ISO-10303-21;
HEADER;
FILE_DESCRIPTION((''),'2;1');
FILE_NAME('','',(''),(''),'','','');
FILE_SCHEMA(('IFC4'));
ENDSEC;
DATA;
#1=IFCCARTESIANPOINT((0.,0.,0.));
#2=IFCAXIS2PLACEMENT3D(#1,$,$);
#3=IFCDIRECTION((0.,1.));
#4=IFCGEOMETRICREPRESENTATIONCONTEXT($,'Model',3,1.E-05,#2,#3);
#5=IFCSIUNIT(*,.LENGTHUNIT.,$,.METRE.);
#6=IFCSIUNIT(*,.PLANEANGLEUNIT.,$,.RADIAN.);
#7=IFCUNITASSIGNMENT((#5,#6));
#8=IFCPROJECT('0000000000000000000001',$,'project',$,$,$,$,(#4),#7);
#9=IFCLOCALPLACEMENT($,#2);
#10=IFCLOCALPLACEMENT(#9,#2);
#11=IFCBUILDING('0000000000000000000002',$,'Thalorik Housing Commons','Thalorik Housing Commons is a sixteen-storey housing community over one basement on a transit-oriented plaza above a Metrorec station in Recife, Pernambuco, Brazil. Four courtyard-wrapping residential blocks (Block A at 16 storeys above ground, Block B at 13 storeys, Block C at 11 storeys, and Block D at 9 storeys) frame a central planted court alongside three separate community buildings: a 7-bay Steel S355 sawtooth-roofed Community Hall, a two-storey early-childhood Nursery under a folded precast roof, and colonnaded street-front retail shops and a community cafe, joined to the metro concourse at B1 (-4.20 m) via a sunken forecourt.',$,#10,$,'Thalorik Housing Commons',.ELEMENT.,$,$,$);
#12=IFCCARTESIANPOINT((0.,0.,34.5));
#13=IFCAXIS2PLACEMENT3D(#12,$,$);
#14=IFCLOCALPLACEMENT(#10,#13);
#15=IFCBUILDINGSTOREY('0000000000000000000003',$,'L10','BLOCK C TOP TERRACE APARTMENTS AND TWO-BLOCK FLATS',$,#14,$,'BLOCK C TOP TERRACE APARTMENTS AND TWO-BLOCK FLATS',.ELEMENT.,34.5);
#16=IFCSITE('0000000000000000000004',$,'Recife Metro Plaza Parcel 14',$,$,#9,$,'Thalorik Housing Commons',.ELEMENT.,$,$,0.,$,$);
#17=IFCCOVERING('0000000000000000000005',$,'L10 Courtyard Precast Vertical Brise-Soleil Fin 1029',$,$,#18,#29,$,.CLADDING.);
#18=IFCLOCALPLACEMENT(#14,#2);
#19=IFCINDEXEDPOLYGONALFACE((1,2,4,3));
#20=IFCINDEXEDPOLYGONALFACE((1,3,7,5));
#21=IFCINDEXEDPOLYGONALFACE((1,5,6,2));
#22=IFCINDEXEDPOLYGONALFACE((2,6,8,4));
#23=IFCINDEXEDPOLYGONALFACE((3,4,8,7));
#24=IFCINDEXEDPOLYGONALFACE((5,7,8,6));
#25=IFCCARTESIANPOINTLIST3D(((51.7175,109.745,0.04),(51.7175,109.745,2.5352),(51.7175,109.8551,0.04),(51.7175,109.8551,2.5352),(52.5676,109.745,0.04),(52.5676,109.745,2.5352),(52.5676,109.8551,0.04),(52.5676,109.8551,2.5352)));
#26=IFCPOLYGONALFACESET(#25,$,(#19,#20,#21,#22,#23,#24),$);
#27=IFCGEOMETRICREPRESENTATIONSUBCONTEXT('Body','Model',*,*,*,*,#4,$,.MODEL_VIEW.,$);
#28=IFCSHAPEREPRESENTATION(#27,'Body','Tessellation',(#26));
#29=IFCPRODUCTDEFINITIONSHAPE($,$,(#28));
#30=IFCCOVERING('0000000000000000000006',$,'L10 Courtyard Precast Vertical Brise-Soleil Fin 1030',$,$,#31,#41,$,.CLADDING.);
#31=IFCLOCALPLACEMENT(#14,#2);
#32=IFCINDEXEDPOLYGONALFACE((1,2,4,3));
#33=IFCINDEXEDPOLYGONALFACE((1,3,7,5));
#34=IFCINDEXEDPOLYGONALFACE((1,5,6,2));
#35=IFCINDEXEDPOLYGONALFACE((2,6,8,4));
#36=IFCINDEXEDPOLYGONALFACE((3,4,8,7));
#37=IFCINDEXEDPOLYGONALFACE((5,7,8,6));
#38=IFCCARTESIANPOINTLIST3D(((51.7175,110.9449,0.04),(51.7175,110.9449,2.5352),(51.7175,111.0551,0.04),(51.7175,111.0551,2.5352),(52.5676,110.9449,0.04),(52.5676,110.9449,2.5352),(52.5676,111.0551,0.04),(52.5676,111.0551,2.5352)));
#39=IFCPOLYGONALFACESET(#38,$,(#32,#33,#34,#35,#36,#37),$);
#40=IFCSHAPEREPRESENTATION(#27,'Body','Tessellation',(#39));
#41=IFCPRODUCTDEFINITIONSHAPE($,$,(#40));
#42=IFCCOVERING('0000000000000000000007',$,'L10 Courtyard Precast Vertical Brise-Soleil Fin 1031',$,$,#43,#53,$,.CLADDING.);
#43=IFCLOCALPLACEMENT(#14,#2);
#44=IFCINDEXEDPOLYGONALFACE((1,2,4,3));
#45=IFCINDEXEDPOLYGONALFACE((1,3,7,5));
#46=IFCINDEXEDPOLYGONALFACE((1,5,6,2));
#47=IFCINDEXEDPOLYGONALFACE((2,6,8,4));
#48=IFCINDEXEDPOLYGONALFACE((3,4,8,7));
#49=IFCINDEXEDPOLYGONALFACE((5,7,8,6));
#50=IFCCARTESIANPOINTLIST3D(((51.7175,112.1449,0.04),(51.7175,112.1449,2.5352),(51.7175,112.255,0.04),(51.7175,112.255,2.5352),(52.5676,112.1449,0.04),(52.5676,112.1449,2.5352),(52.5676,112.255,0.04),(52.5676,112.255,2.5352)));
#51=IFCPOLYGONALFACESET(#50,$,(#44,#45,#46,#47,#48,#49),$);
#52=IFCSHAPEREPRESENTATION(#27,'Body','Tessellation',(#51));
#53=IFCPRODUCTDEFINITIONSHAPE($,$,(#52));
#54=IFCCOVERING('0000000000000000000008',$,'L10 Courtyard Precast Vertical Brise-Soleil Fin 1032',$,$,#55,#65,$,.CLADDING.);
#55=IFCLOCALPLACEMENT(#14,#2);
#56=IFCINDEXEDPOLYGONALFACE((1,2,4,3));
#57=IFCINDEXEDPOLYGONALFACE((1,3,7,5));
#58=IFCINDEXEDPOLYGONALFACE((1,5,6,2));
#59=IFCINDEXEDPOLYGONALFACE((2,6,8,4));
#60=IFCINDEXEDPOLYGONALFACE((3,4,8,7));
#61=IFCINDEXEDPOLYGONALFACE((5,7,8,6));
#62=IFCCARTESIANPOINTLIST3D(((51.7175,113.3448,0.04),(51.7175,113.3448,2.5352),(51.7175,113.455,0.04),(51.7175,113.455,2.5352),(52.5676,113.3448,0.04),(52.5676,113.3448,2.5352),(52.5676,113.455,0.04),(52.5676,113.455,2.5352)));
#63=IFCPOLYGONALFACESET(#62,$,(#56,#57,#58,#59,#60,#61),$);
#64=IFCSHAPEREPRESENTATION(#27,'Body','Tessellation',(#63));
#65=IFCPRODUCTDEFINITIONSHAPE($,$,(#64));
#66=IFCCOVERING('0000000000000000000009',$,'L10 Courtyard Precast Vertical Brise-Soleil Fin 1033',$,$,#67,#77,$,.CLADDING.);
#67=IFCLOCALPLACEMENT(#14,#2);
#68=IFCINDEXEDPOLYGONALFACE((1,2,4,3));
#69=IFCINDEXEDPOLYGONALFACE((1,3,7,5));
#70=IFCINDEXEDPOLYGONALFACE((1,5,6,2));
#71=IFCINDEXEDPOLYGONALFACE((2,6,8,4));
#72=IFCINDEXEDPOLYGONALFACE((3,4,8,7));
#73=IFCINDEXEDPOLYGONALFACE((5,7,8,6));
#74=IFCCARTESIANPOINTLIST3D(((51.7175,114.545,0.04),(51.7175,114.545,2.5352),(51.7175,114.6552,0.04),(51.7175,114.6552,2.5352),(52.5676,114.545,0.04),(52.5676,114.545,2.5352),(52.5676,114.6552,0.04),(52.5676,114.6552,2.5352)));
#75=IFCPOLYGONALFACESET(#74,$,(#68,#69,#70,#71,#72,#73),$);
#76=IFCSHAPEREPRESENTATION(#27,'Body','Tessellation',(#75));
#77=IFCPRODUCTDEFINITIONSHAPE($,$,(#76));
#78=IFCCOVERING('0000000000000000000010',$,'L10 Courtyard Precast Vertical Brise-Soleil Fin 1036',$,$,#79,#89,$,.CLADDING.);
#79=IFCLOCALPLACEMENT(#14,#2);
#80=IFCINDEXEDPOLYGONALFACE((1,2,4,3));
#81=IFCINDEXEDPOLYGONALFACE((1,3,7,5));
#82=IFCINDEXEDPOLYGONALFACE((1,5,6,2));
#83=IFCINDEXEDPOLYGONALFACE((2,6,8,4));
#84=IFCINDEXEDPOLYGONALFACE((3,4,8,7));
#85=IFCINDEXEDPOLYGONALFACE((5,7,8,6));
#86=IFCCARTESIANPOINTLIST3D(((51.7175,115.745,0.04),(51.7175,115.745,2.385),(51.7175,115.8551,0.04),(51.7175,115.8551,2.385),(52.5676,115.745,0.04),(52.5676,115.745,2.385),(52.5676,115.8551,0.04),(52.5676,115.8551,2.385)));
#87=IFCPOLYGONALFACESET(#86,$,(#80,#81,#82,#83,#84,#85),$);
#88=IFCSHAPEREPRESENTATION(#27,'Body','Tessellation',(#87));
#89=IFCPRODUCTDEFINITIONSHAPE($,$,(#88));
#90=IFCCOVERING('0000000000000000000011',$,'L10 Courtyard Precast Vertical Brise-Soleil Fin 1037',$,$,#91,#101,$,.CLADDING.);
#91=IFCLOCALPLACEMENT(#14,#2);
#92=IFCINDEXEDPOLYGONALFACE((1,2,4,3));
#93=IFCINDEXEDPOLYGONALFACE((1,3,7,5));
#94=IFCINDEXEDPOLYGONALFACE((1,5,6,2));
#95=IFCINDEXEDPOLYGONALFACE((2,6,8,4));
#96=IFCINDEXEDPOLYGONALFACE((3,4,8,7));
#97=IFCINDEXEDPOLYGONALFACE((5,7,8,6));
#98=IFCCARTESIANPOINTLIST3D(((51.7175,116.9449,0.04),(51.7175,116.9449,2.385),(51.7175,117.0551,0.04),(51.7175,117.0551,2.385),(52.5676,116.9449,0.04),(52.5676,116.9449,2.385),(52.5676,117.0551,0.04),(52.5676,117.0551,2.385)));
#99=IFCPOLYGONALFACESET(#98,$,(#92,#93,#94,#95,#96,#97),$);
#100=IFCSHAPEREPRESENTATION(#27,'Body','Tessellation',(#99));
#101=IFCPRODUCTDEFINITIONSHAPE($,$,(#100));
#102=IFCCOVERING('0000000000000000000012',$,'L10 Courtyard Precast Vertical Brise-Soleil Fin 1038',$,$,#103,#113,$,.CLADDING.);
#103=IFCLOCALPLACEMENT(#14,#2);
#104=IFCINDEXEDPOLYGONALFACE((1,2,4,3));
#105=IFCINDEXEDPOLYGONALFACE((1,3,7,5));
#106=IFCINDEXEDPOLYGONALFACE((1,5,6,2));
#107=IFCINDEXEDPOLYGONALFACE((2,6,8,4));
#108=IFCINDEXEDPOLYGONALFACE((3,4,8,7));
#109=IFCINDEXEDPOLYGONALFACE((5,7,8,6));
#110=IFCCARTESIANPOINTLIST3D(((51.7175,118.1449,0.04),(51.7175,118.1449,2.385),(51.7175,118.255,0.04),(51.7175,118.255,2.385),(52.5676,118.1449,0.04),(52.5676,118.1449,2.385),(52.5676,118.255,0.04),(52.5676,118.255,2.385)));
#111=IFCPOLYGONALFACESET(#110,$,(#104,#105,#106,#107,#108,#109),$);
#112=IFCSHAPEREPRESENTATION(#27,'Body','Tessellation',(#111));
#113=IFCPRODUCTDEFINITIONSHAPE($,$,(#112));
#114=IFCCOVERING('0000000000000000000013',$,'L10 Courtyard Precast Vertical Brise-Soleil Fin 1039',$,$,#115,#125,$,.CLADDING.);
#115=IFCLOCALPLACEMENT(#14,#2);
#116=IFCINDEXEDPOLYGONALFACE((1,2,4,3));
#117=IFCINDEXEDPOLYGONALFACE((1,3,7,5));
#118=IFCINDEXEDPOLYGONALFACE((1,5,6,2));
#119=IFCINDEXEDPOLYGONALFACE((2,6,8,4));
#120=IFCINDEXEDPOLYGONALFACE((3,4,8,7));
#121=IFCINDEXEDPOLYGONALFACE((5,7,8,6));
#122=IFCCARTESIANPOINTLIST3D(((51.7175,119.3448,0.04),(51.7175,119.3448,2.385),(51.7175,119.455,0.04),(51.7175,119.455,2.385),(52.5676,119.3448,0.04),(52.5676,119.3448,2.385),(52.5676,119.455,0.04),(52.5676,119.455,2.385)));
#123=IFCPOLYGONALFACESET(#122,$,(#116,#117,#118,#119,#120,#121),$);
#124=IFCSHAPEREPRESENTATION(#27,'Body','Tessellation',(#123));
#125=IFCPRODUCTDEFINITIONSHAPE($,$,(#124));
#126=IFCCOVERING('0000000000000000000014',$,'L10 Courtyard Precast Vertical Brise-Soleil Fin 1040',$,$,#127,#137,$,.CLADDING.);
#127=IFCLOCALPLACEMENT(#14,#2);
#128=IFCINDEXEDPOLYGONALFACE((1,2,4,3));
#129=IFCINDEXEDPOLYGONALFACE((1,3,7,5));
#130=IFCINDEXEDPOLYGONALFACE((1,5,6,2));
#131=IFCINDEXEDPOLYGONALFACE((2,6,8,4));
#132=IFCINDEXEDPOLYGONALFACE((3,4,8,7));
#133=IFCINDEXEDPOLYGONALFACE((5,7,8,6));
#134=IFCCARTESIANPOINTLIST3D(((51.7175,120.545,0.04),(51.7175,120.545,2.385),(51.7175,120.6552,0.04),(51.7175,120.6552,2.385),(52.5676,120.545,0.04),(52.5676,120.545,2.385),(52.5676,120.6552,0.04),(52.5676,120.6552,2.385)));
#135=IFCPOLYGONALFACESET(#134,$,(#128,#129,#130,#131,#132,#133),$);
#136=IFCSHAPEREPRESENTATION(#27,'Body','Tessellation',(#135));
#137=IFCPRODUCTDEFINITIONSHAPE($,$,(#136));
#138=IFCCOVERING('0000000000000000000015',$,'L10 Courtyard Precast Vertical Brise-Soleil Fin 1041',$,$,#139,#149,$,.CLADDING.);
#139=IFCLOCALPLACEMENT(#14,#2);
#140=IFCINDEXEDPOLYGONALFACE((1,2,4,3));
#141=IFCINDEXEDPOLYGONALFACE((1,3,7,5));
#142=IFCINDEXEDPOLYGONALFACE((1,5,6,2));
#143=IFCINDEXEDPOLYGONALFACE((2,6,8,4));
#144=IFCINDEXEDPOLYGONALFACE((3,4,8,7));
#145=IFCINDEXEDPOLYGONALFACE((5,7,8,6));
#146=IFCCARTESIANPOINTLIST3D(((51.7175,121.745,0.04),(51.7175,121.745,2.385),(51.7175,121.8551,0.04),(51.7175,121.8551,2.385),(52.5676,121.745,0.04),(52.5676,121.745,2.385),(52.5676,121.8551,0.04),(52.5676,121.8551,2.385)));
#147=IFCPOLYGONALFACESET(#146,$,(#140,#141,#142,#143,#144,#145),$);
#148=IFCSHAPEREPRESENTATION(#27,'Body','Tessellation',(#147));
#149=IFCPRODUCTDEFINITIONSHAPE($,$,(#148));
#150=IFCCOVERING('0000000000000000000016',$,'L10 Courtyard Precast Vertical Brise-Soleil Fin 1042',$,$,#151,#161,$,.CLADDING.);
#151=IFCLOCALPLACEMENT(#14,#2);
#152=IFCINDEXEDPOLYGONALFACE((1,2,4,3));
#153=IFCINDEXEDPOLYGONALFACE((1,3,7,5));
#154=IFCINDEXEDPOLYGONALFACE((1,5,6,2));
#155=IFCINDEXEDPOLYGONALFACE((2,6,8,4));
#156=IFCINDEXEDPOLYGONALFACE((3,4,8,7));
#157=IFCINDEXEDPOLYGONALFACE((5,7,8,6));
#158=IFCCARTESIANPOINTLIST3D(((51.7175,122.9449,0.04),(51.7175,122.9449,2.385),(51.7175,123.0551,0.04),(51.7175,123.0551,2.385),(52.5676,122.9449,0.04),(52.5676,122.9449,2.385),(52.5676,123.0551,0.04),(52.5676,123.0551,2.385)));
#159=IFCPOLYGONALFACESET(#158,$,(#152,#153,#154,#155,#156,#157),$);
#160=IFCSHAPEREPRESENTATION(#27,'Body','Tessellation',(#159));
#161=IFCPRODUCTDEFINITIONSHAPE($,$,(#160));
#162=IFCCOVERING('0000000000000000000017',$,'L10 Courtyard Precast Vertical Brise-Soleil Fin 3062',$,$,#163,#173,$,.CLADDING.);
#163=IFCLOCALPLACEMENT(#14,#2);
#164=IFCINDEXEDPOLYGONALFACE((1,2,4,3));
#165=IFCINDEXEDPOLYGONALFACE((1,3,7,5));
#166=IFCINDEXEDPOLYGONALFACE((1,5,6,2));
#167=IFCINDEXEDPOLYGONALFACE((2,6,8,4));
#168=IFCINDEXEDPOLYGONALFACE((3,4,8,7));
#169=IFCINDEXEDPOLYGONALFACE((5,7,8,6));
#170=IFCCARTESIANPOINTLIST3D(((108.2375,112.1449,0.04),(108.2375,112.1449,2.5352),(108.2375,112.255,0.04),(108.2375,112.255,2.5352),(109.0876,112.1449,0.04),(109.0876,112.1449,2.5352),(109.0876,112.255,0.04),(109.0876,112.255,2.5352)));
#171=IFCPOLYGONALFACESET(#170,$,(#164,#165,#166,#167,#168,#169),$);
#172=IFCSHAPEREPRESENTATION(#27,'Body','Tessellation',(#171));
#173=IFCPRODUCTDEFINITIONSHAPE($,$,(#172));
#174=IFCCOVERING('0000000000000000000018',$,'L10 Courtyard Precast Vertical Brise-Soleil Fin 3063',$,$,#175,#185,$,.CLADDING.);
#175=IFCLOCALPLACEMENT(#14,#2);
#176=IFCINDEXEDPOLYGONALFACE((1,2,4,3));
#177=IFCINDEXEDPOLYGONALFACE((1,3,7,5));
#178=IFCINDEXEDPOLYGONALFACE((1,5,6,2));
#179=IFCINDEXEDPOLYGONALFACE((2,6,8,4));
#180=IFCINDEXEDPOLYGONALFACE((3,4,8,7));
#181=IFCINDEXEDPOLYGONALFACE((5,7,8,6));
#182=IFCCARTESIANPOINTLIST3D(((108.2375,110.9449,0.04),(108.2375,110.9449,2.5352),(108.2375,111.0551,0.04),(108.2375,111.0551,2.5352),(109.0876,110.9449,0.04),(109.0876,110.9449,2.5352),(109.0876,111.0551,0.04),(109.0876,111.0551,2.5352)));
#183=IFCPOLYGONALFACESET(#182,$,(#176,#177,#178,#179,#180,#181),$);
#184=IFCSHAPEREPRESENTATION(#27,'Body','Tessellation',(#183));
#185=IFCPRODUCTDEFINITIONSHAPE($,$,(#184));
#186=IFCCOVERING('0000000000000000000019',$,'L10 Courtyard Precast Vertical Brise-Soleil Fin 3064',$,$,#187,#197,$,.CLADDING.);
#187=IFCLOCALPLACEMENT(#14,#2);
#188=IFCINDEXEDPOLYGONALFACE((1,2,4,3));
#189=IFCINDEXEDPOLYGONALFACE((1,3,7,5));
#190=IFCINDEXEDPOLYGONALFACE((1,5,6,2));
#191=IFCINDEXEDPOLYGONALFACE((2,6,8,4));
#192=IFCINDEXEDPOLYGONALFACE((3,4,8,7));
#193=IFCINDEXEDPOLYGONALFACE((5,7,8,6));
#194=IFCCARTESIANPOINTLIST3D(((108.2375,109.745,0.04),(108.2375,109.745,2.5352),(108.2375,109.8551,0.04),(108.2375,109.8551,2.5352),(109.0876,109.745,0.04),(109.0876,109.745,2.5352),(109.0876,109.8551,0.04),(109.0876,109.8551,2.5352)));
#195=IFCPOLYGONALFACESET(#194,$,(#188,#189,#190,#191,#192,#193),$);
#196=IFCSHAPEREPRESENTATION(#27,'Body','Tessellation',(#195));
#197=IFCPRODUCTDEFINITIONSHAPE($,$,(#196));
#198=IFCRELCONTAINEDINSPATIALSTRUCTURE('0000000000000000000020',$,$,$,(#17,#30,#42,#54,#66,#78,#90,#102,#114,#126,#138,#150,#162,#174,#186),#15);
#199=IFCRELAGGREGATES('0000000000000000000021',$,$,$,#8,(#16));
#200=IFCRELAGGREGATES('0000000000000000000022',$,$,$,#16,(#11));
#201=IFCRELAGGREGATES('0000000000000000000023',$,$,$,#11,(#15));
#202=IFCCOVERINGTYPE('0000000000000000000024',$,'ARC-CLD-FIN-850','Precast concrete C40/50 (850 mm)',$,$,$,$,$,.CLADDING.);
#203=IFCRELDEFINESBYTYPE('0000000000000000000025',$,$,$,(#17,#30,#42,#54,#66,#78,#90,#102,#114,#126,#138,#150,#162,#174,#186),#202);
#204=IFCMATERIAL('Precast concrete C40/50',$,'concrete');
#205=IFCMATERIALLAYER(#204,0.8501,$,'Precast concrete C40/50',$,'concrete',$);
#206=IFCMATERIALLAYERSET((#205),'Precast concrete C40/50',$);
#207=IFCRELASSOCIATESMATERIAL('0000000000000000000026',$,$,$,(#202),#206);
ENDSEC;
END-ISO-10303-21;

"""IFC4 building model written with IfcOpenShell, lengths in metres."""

from ifc_helpers import new_model, si_unit, direction, frame, origin, origin_2d, place, context, subcontext, project, spatial, rectangle, extrude, material, layer, layer_set, type_object, element, save


model = new_model("IFC4")

# Units and contexts
model_context = context("Model", 3, precision=1e-05, world=origin(), true_north=direction((0.0, 1.0)))
body_context = subcontext(model_context, "Body", "Model", "MODEL_VIEW")
ifc_project = project(units=[si_unit("LENGTHUNIT", "METRE"), si_unit("PLANEANGLEUNIT", "RADIAN")], contexts=[model_context])

# Site, building, storey
site_placement = place(None, origin())
site = spatial("IfcSite", under=ifc_project, at=site_placement, Name="Recife Metro Plaza Parcel 14", LongName="Thalorik Housing Commons", CompositionType="ELEMENT", RefElevation=0.0)
building_placement = place(site_placement, origin())
building = spatial("IfcBuilding", under=site, at=building_placement, Name="Thalorik Housing Commons", Description="Thalorik Housing Commons is a sixteen-storey housing community over one basement on a transit-oriented plaza above a Metrorec station in Recife, Pernambuco, Brazil. Four courtyard-wrapping residential blocks (Block A at 16 storeys above ground, Block B at 13 storeys, Block C at 11 storeys, and Block D at 9 storeys) frame a central planted court alongside three separate community buildings: a 7-bay Steel S355 sawtooth-roofed Community Hall, a two-storey early-childhood Nursery under a folded precast roof, and colonnaded street-front retail shops and a community cafe, joined to the metro concourse at B1 (-4.20 m) via a sunken forecourt.", LongName="Thalorik Housing Commons", CompositionType="ELEMENT")
storey_placement = place(building_placement, frame((0.0, 0.0, 34.5)))
storey = spatial("IfcBuildingStorey", under=building, at=storey_placement, Name="L10", Description="BLOCK C TOP TERRACE APARTMENTS AND TWO-BLOCK FLATS", LongName="BLOCK C TOP TERRACE APARTMENTS AND TWO-BLOCK FLATS", CompositionType="ELEMENT", Elevation=34.5)

# Coverings
ifc_material_1 = material(Name="Precast concrete C40/50", Category="concrete")
ifc_layer = layer(ifc_material_1, 0.8501, Name="Precast concrete C40/50", Category="concrete")
ifc_layer_set = layer_set([ifc_layer], Name="Precast concrete C40/50")
covering_type = type_object("IfcCoveringType", Name="ARC-CLD-FIN-850", Description="Precast concrete C40/50 (850 mm)", PredefinedType="CLADDING", material=ifc_layer_set)
for number, where, z_axis, x_axis, name in (
    (1, (52.1426, 109.8, 0.04), (0.0, 0.0, 1.0), (0.0, 1.0, 0.0), "L10 Courtyard Precast Vertical Brise-Soleil Fin 1029"),
    (2, (52.1426, 111.0, 0.04), (0.0, 0.0, 1.0), (0.0, 1.0, 0.0), "L10 Courtyard Precast Vertical Brise-Soleil Fin 1030"),
    (3, (52.1426, 112.2, 0.04), (0.0, 0.0, 1.0), (0.0, 1.0, 0.0), "L10 Courtyard Precast Vertical Brise-Soleil Fin 1031"),
    (4, (52.1426, 113.3999, 0.04), (0.0, 0.0, 1.0), (0.0, 1.0, 0.0), "L10 Courtyard Precast Vertical Brise-Soleil Fin 1032"),
    (5, (52.1426, 114.6001, 0.04), (0.0, 0.0, 1.0), (0.0, 1.0, 0.0), "L10 Courtyard Precast Vertical Brise-Soleil Fin 1033"),
):
    element("IfcCovering", number, at=place(storey_placement, frame(where, z_axis=z_axis, x_axis=x_axis)), inside=storey, type_object=covering_type, Name=name, PredefinedType="CLADDING", context=body_context, shape_type="SweptSolid", body=[
        extrude(rectangle(XDim=0.1101, YDim=0.8501, at=origin_2d()), origin(), (0.0, 0.0, 1.0), 2.4951),
    ])
for number, where, z_axis, x_axis, name in (
    (6, (52.1426, 115.8, 0.04), (0.0, 0.0, 1.0), (0.0, 1.0, 0.0), "L10 Courtyard Precast Vertical Brise-Soleil Fin 1036"),
    (7, (52.1426, 117.0, 0.04), (0.0, 0.0, 1.0), (0.0, 1.0, 0.0), "L10 Courtyard Precast Vertical Brise-Soleil Fin 1037"),
    (8, (52.1426, 118.2, 0.04), (0.0, 0.0, 1.0), (0.0, 1.0, 0.0), "L10 Courtyard Precast Vertical Brise-Soleil Fin 1038"),
    (9, (52.1426, 119.3999, 0.04), (0.0, 0.0, 1.0), (0.0, 1.0, 0.0), "L10 Courtyard Precast Vertical Brise-Soleil Fin 1039"),
    (10, (52.1426, 120.6001, 0.04), (0.0, 0.0, 1.0), (0.0, 1.0, 0.0), "L10 Courtyard Precast Vertical Brise-Soleil Fin 1040"),
    (11, (52.1426, 121.8, 0.04), (0.0, 0.0, 1.0), (0.0, 1.0, 0.0), "L10 Courtyard Precast Vertical Brise-Soleil Fin 1041"),
    (12, (52.1426, 123.0, 0.04), (0.0, 0.0, 1.0), (0.0, 1.0, 0.0), "L10 Courtyard Precast Vertical Brise-Soleil Fin 1042"),
):
    element("IfcCovering", number, at=place(storey_placement, frame(where, z_axis=z_axis, x_axis=x_axis)), inside=storey, type_object=covering_type, Name=name, PredefinedType="CLADDING", context=body_context, shape_type="SweptSolid", body=[
        extrude(rectangle(XDim=0.1101, YDim=0.8501, at=origin_2d()), origin(), (0.0, 0.0, 1.0), 2.345),
    ])
for number, where, z_axis, x_axis, name in (
    (13, (108.6626, 112.2, 0.04), (0.0, 0.0, 1.0), (0.0, -1.0, 0.0), "L10 Courtyard Precast Vertical Brise-Soleil Fin 3062"),
    (14, (108.6626, 111.0, 0.04), (0.0, 0.0, 1.0), (0.0, -1.0, 0.0), "L10 Courtyard Precast Vertical Brise-Soleil Fin 3063"),
    (15, (108.6626, 109.8, 0.04), (0.0, 0.0, 1.0), (0.0, -1.0, 0.0), "L10 Courtyard Precast Vertical Brise-Soleil Fin 3064"),
):
    element("IfcCovering", number, at=place(storey_placement, frame(where, z_axis=z_axis, x_axis=x_axis)), inside=storey, type_object=covering_type, Name=name, PredefinedType="CLADDING", context=body_context, shape_type="SweptSolid", body=[
        extrude(rectangle(XDim=0.1101, YDim=0.8501, at=origin_2d()), origin(), (0.0, 0.0, 1.0), 2.4951),
    ])

save(model, "model.ifc")
